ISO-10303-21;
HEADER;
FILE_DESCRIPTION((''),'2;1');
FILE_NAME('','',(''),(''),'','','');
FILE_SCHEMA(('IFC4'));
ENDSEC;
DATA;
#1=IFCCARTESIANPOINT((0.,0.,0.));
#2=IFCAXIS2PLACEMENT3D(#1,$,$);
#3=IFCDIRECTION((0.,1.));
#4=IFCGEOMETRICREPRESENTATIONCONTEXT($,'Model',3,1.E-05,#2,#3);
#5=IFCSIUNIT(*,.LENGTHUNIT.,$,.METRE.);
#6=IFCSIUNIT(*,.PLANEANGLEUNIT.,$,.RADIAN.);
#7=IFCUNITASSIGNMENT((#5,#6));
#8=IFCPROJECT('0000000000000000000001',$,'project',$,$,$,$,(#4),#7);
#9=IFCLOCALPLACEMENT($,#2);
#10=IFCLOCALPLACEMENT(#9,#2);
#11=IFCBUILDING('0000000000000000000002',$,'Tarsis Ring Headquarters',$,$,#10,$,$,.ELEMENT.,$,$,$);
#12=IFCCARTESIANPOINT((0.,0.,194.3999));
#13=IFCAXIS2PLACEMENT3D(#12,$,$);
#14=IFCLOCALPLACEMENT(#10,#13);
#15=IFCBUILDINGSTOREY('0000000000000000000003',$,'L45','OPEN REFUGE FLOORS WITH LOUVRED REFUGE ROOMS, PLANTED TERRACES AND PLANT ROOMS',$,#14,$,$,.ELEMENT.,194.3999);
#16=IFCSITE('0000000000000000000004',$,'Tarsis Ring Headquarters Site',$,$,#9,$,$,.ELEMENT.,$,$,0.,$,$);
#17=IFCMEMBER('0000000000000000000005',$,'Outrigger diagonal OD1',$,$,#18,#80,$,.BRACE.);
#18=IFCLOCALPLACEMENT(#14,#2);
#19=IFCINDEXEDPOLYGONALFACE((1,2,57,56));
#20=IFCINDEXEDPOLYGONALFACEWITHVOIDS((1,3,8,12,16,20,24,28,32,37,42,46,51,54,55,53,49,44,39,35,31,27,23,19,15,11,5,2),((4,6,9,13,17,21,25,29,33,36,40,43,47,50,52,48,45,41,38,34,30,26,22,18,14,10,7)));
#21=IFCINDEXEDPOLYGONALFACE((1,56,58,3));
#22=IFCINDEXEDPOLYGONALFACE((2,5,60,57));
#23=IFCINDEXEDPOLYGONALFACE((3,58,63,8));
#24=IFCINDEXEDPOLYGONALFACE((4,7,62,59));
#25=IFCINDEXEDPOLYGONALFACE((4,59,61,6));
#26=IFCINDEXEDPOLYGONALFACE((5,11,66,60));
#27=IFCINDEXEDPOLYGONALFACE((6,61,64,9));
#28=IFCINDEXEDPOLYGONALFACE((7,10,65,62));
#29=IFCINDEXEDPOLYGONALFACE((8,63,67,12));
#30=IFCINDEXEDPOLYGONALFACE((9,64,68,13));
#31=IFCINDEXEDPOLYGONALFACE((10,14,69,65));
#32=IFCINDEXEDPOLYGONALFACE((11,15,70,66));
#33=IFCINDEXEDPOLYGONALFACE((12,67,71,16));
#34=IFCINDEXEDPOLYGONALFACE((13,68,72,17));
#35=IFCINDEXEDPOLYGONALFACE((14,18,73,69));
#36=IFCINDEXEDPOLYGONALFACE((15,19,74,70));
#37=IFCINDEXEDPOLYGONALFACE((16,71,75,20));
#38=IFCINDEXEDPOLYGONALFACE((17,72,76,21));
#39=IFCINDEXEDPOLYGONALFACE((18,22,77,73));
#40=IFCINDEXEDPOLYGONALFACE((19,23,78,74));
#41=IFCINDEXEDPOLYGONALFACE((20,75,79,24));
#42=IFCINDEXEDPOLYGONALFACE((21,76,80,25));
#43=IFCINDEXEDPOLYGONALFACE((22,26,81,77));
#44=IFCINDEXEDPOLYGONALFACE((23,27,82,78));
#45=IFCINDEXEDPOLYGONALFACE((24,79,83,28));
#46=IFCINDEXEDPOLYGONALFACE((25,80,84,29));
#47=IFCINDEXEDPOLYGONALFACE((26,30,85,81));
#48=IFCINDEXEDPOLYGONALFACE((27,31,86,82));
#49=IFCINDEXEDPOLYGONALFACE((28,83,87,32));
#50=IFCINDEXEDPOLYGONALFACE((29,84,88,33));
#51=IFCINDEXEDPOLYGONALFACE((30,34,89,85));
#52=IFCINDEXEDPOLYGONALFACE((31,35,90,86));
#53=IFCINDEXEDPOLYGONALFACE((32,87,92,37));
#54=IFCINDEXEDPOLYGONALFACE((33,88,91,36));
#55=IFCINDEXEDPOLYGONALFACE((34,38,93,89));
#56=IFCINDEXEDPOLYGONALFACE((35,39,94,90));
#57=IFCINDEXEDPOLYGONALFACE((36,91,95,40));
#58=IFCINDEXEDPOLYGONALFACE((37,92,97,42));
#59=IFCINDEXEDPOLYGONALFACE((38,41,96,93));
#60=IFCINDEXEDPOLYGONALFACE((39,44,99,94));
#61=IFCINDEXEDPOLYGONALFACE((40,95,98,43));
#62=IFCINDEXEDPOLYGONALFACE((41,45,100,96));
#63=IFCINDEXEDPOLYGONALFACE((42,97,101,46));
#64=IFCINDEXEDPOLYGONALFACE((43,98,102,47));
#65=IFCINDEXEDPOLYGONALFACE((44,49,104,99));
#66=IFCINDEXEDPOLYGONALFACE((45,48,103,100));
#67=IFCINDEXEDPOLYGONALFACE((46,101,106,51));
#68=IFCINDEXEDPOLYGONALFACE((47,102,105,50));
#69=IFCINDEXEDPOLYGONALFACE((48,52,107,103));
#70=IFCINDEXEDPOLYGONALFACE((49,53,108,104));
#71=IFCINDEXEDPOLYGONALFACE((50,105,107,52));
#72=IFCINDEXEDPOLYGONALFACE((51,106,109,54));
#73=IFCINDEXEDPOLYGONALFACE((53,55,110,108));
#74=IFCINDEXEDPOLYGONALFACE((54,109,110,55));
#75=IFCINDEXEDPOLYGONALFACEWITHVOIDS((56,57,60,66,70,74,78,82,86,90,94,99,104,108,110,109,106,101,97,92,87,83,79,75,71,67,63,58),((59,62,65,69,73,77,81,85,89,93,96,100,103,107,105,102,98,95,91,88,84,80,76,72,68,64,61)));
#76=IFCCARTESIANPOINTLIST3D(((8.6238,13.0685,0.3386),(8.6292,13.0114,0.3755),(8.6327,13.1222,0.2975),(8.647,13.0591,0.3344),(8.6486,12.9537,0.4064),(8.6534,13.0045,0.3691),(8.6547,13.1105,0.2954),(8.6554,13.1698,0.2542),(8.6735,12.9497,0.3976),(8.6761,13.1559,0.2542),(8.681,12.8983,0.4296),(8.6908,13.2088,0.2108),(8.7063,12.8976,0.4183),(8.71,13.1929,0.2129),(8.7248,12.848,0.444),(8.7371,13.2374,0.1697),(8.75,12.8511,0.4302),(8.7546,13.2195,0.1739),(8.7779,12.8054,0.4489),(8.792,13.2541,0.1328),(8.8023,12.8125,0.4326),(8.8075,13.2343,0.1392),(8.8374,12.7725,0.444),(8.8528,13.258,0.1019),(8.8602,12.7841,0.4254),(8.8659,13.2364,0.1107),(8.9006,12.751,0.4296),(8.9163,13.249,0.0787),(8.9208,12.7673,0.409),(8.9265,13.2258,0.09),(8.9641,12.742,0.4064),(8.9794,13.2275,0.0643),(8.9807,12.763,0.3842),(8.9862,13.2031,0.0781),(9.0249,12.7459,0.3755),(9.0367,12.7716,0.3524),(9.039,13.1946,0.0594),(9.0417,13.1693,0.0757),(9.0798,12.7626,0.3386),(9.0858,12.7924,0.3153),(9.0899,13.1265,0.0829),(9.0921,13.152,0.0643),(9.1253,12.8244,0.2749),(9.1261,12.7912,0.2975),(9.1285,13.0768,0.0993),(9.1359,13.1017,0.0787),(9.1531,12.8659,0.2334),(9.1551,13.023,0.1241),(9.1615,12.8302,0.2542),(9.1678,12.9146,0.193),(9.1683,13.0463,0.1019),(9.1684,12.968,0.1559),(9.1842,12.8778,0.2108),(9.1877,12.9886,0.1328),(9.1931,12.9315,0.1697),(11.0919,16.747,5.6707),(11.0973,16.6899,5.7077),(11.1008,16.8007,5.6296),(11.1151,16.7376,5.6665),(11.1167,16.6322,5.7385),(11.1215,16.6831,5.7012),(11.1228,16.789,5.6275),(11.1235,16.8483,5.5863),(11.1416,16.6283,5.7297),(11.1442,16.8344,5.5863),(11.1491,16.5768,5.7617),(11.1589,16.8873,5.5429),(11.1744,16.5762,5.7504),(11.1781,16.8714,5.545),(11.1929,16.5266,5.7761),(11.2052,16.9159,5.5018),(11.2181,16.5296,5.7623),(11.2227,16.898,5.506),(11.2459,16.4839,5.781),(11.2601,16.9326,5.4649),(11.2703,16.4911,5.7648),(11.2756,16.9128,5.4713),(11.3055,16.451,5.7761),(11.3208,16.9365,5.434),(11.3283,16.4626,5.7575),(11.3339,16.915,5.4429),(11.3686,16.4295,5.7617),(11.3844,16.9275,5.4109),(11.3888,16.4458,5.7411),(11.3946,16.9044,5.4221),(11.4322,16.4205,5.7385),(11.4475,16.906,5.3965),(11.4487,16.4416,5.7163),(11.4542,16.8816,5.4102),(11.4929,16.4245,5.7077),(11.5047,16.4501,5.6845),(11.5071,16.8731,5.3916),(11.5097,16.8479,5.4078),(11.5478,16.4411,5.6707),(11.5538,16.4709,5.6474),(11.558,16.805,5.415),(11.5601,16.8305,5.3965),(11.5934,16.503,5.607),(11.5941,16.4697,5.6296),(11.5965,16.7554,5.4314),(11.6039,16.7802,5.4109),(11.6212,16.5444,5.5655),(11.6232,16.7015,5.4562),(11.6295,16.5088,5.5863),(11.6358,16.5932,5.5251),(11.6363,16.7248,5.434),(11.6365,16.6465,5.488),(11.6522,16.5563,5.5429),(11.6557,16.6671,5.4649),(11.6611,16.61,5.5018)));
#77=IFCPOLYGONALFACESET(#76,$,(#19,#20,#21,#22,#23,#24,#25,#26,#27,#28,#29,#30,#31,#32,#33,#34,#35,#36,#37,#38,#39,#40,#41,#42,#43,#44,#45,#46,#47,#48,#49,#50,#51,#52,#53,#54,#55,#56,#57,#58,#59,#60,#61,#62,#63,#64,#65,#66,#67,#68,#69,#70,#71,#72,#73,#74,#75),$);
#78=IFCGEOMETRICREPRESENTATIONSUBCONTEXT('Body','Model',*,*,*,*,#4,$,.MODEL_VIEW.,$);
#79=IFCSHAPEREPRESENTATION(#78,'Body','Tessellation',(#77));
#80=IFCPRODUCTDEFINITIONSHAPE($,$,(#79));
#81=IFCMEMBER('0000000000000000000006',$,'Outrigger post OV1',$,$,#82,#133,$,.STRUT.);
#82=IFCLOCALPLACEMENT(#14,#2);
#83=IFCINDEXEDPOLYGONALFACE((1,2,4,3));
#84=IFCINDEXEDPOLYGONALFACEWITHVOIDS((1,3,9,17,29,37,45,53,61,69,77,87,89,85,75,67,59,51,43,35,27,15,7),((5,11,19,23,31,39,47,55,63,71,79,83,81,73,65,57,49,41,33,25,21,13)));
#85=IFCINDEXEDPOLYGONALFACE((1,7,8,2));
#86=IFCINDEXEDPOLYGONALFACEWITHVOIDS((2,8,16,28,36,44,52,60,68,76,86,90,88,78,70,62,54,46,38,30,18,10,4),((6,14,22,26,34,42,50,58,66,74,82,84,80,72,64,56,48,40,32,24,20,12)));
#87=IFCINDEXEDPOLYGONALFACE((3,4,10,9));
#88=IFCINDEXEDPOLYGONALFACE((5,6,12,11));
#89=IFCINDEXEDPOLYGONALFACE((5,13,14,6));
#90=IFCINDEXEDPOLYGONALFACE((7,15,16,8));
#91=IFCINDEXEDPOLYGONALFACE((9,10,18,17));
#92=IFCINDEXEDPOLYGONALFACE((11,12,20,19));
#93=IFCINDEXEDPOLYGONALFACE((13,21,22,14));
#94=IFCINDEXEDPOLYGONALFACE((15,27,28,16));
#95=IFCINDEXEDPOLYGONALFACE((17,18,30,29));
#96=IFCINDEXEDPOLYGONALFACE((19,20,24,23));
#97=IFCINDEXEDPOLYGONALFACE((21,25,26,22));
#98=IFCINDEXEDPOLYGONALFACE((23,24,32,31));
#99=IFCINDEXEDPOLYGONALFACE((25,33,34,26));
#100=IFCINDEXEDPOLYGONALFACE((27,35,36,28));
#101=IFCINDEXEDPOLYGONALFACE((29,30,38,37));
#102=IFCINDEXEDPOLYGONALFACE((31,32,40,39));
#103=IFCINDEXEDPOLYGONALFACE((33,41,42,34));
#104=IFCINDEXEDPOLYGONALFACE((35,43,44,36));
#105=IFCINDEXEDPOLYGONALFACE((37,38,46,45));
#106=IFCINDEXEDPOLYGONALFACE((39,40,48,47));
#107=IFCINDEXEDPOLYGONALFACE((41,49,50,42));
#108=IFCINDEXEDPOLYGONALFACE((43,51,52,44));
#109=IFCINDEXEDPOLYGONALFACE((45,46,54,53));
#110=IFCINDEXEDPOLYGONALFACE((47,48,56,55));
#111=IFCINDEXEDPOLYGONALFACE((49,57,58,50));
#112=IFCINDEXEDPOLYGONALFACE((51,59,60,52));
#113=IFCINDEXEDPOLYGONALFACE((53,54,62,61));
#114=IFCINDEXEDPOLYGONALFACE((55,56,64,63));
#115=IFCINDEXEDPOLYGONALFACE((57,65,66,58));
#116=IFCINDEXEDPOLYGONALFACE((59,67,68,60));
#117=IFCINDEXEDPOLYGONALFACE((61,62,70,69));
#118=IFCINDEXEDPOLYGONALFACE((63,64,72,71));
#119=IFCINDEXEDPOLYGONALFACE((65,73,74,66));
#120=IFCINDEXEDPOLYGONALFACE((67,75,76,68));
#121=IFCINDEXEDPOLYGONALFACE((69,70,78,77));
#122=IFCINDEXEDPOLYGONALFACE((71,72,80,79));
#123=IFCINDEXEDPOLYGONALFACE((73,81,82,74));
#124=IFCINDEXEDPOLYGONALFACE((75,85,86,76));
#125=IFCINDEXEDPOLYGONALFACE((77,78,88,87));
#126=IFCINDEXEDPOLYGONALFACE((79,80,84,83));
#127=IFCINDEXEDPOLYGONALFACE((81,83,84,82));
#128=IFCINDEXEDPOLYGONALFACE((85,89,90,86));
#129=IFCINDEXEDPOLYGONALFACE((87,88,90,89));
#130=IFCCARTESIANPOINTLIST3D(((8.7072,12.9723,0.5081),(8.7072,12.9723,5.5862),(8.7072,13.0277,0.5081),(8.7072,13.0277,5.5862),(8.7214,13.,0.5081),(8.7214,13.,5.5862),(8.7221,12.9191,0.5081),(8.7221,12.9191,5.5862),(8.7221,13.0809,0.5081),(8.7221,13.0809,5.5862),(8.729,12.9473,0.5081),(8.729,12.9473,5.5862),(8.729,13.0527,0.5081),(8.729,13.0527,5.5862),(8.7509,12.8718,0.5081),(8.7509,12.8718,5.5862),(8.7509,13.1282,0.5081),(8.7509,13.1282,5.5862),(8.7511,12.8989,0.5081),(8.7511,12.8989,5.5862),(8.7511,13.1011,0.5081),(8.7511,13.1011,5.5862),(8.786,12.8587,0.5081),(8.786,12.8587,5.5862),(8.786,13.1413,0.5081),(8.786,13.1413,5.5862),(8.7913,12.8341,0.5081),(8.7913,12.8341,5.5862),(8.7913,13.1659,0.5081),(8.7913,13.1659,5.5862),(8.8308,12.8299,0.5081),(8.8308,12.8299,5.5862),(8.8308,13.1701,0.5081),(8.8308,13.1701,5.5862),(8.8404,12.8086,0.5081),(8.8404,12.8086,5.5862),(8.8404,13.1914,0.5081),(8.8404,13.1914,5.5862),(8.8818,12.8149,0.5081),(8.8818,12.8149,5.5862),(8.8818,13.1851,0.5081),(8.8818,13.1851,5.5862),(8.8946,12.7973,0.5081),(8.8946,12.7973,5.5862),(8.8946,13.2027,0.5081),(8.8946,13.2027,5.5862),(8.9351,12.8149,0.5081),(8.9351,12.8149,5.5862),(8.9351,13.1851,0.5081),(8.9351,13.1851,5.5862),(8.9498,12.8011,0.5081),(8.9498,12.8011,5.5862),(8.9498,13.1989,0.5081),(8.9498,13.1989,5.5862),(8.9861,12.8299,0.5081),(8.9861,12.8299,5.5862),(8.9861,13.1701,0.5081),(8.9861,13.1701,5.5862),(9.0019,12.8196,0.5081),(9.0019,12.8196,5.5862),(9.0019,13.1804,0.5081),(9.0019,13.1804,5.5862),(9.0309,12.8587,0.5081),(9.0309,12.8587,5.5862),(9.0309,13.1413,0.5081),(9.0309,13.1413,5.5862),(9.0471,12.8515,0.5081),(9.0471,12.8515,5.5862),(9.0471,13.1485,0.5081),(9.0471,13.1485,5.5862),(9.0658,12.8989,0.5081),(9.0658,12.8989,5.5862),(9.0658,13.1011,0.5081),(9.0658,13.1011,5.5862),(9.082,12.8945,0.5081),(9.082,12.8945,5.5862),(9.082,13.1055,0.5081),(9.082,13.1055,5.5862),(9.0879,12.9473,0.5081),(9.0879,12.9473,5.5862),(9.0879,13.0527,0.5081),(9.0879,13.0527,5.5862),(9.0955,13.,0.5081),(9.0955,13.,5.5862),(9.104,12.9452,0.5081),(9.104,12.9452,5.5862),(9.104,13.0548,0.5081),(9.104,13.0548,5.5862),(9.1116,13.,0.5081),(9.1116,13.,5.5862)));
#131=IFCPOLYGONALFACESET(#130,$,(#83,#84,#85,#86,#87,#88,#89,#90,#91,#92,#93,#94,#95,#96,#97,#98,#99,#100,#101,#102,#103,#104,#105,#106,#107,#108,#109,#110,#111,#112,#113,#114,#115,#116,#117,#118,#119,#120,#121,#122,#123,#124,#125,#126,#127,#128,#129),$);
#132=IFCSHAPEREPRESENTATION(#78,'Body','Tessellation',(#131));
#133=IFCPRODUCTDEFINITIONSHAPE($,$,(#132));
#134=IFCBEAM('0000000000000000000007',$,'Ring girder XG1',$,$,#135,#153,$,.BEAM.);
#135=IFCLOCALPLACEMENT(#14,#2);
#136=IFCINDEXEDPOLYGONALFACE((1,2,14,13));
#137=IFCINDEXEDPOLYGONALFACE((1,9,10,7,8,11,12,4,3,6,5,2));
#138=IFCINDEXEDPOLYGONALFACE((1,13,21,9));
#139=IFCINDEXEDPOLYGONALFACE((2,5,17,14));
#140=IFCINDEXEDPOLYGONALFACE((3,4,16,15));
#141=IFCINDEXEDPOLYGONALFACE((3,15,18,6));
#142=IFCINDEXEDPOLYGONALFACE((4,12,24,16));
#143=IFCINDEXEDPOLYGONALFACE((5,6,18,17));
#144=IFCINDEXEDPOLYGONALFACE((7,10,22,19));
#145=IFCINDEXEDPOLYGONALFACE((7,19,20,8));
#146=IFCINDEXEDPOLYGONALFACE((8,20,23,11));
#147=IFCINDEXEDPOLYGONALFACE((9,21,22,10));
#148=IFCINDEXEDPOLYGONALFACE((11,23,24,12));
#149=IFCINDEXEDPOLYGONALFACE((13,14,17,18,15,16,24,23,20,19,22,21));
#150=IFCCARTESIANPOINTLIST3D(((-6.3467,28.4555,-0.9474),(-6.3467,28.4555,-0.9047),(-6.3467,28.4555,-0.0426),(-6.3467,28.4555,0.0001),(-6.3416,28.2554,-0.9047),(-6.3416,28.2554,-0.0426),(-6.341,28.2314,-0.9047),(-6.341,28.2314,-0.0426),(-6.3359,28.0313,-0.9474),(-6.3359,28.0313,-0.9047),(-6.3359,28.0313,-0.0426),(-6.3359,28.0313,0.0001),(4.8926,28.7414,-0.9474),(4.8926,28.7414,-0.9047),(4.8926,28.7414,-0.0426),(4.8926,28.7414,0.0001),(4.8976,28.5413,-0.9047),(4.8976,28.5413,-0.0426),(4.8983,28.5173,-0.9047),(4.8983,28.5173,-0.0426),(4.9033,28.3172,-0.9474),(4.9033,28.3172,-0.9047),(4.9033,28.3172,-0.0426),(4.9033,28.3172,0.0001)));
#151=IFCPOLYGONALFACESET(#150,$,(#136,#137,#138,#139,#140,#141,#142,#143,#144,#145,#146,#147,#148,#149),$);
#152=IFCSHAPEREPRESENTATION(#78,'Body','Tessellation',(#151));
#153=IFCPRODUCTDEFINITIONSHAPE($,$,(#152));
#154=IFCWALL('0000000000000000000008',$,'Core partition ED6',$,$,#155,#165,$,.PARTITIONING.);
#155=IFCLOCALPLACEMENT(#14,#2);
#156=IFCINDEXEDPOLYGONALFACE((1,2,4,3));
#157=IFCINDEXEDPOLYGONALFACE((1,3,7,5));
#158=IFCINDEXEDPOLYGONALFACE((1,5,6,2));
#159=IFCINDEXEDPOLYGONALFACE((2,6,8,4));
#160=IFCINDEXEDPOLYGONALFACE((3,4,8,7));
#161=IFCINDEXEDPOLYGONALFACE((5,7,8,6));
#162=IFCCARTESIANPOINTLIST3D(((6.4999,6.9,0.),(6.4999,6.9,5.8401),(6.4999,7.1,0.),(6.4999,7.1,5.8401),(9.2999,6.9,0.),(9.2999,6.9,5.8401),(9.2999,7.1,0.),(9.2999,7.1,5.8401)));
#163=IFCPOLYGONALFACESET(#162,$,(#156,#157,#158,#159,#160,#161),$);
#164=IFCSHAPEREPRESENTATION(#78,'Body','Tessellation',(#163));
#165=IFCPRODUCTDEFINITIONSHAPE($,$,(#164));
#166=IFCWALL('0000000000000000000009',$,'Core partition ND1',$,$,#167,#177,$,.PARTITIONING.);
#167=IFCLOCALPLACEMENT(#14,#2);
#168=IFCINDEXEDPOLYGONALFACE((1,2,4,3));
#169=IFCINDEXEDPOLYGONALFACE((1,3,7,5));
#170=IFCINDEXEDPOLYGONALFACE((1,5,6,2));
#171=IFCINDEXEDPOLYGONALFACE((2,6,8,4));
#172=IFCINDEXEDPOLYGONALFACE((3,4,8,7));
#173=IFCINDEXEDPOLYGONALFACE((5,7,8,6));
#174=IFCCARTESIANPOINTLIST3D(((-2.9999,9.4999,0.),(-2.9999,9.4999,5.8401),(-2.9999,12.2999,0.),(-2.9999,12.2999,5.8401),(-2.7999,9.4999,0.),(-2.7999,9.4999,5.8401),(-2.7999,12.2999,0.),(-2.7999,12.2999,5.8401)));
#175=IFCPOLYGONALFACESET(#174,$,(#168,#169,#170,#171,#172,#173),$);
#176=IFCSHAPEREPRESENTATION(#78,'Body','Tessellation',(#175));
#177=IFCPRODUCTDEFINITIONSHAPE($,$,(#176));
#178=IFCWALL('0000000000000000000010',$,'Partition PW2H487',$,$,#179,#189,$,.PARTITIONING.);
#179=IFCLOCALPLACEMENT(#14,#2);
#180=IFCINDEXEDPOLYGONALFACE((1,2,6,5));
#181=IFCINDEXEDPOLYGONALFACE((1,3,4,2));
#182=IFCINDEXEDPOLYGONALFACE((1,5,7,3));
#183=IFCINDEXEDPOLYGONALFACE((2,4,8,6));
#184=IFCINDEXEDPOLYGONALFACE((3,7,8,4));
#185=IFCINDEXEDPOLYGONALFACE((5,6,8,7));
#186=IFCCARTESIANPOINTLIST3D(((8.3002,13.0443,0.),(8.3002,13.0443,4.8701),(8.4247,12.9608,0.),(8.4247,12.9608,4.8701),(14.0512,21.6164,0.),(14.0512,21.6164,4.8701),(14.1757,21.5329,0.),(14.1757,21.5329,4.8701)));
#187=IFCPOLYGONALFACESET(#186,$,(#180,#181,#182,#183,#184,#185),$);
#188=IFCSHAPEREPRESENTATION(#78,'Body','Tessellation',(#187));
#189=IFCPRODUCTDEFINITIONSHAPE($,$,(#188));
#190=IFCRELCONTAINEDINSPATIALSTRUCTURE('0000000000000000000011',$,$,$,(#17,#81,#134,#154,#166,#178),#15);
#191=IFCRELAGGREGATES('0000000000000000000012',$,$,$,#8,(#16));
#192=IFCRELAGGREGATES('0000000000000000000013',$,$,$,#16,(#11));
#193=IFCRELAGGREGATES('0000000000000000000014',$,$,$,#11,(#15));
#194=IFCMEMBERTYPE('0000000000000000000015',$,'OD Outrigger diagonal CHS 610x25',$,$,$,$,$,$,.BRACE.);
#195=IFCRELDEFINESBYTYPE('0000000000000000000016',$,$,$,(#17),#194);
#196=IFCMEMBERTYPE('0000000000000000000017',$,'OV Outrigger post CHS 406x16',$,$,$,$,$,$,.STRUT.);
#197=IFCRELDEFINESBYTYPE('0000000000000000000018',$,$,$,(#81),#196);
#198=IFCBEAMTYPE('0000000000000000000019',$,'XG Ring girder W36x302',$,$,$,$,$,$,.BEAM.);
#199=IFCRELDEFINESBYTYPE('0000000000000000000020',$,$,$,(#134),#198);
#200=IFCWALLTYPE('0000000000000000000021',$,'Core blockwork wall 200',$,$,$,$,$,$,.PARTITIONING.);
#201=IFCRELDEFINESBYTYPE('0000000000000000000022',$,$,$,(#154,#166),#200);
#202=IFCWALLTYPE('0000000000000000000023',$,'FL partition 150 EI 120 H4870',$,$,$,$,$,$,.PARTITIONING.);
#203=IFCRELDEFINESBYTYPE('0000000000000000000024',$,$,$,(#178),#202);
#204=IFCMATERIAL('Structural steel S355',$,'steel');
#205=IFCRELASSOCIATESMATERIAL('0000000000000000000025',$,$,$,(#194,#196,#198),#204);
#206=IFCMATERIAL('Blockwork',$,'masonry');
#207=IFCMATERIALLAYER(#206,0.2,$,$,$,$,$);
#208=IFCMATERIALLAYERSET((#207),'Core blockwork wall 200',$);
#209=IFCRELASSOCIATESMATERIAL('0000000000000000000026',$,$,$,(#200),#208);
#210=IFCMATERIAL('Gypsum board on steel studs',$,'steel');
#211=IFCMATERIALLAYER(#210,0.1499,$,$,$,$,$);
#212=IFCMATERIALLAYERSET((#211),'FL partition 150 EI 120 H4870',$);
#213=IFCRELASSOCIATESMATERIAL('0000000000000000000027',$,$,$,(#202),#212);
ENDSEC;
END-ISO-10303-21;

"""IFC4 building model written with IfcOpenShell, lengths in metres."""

from ifc_helpers import new_model, si_unit, direction, frame, frame_2d, origin, origin_2d, place, context, subcontext, project, spatial, rectangle, hollow_circle, i_section, extrude, material, layer, layer_set, material_profile, profile_set, type_object, element, save


model = new_model("IFC4")

# Units and contexts
model_context = context("Model", 3, precision=1e-05, world=origin(), true_north=direction((0.0, 1.0)))
body_context = subcontext(model_context, "Body", "Model", "MODEL_VIEW")
ifc_project = project(units=[si_unit("LENGTHUNIT", "METRE"), si_unit("PLANEANGLEUNIT", "RADIAN")], contexts=[model_context])

# Site, building, storey
site_placement = place(None, origin())
site = spatial("IfcSite", under=ifc_project, at=site_placement, Name="Tarsis Ring Headquarters Site", CompositionType="ELEMENT", RefElevation=0.0)
building_placement = place(site_placement, origin())
building = spatial("IfcBuilding", under=site, at=building_placement, Name="Tarsis Ring Headquarters", CompositionType="ELEMENT")
storey_placement = place(building_placement, frame((0.0, 0.0, 194.3999)))
storey = spatial("IfcBuildingStorey", under=building, at=storey_placement, Name="L45", Description="OPEN REFUGE FLOORS WITH LOUVRED REFUGE ROOMS, PLANTED TERRACES AND PLANT ROOMS", CompositionType="ELEMENT", Elevation=194.3999)

# Shared definitions
ifc_material_1 = material(Name="Structural steel S355", Category="steel")

# Shared definitions
ifc_material_profile_1 = material_profile(ifc_material_1, i_section(OverallWidth=0.4243, OverallDepth=0.9475, WebThickness=0.0239, FlangeThickness=0.0427, at=origin_2d()), Name="W36x302")
ifc_profile_set_1 = profile_set([ifc_material_profile_1], Name="Structural steel S355")

# Members
ifc_material_profile_2 = material_profile(ifc_material_1, hollow_circle(Radius=0.3047, WallThickness=0.0249, at=origin_2d()), Name="CHS 610x25")
ifc_profile_set_2 = profile_set([ifc_material_profile_2], Name="Structural steel S355")
member_type_1 = type_object("IfcMemberType", Name="OD Outrigger diagonal CHS 610x25", PredefinedType="BRACE", material=ifc_profile_set_2)
member_1_placement = place(storey_placement, frame((8.9084, 13.0, 0.2542), z_axis=(0.356032, 0.530649, 0.76919), x_axis=(-0.83041, 0.557152, 0.0)))
element("IfcMember", 1, at=member_1_placement, inside=storey, type_object=member_type_1, Name="Outrigger diagonal OD1", PredefinedType="BRACE", context=body_context, shape_type="SweptSolid", body=[
    extrude(hollow_circle(Radius=0.3047, WallThickness=0.0249, at=origin_2d()), origin(), (0.0, 0.0, 1.0), 6.9321),
])
ifc_material_profile_3 = material_profile(ifc_material_1, hollow_circle(Radius=0.2031, WallThickness=0.0161, at=origin_2d()), Name="CHS 406x16")
ifc_profile_set_3 = profile_set([ifc_material_profile_3], Name="Structural steel S355")
member_type_2 = type_object("IfcMemberType", Name="OV Outrigger post CHS 406x16", PredefinedType="STRUT", material=ifc_profile_set_3)
member_2_placement = place(storey_placement, frame((8.9084, 13.0, 0.5081), z_axis=(0.0, 0.0, 1.0), x_axis=(1.0, 0.0, 0.0)))
element("IfcMember", 2, at=member_2_placement, inside=storey, type_object=member_type_2, Name="Outrigger post OV1", PredefinedType="STRUT", context=body_context, shape_type="SweptSolid", body=[
    extrude(hollow_circle(Radius=0.2031, WallThickness=0.0161, at=origin_2d()), origin(), (0.0, 0.0, 1.0), 5.0781),
])

# Beam
beam_type_1 = type_object("IfcBeamType", Name="XG Ring girder W36x302", PredefinedType="BEAM", material=ifc_profile_set_1)
beam_1_placement = place(storey_placement, frame((4.8979, 28.5293, -0.4736), z_axis=(-0.999677, -0.025428, 0.0), x_axis=(0.025428, -0.999677, 0.0)))
element("IfcBeam", 3, at=beam_1_placement, inside=storey, type_object=beam_type_1, Name="Ring girder XG1", PredefinedType="BEAM", context=body_context, shape_type="SweptSolid", body=[
    extrude(i_section(OverallWidth=0.4243, OverallDepth=0.9475, WebThickness=0.0239, FlangeThickness=0.0427, at=origin_2d()), origin(), (0.0, 0.0, 1.0), 11.2429),
])

# Walls
ifc_material_2 = material(Name="Blockwork", Category="masonry")
ifc_layer_1 = layer(ifc_material_2, 0.2)
ifc_layer_set_1 = layer_set([ifc_layer_1], Name="Core blockwork wall 200")
wall_type_1 = type_object("IfcWallType", Name="Core blockwork wall 200", PredefinedType="PARTITIONING", material=ifc_layer_set_1)
for number, where, z_axis, x_axis, name in (
    (4, (6.5, 7.0, 0.0), (0.0, 0.0, 1.0), (1.0, 0.0, 0.0), "Core partition ED6"),
    (5, (-2.8999, 9.5, 0.0), (0.0, 0.0, 1.0), (0.0, 1.0, 0.0), "Core partition ND1"),
):
    element("IfcWall", number, at=place(storey_placement, frame(where, z_axis=z_axis, x_axis=x_axis)), inside=storey, type_object=wall_type_1, Name=name, PredefinedType="PARTITIONING", context=body_context, shape_type="SweptSolid", body=[
        extrude(rectangle(XDim=2.8, YDim=0.2, at=frame_2d((1.3999, 0.0))), origin(), (0.0, 0.0, 1.0), 5.8401),
    ])
ifc_material_3 = material(Name="Gypsum board on steel studs", Category="steel")
ifc_layer_2 = layer(ifc_material_3, 0.1499)
ifc_layer_set_2 = layer_set([ifc_layer_2], Name="FL partition 150 EI 120 H4870")
wall_type_2 = type_object("IfcWallType", Name="FL partition 150 EI 120 H4870", PredefinedType="PARTITIONING", material=ifc_layer_set_2)
wall_1_placement = place(storey_placement, frame((8.3625, 13.0027, 0.0), z_axis=(0.0, 0.0, 1.0), x_axis=(0.557132, 0.830424, 0.0)))
element("IfcWall", 6, at=wall_1_placement, inside=storey, type_object=wall_type_2, Name="Partition PW2H487", PredefinedType="PARTITIONING", context=body_context, shape_type="SweptSolid", body=[
    extrude(rectangle(XDim=10.3225, YDim=0.1499, at=frame_2d((5.1611, 0.0))), origin(), (0.0, 0.0, 1.0), 4.8701),
])

save(model, "model.ifc")
